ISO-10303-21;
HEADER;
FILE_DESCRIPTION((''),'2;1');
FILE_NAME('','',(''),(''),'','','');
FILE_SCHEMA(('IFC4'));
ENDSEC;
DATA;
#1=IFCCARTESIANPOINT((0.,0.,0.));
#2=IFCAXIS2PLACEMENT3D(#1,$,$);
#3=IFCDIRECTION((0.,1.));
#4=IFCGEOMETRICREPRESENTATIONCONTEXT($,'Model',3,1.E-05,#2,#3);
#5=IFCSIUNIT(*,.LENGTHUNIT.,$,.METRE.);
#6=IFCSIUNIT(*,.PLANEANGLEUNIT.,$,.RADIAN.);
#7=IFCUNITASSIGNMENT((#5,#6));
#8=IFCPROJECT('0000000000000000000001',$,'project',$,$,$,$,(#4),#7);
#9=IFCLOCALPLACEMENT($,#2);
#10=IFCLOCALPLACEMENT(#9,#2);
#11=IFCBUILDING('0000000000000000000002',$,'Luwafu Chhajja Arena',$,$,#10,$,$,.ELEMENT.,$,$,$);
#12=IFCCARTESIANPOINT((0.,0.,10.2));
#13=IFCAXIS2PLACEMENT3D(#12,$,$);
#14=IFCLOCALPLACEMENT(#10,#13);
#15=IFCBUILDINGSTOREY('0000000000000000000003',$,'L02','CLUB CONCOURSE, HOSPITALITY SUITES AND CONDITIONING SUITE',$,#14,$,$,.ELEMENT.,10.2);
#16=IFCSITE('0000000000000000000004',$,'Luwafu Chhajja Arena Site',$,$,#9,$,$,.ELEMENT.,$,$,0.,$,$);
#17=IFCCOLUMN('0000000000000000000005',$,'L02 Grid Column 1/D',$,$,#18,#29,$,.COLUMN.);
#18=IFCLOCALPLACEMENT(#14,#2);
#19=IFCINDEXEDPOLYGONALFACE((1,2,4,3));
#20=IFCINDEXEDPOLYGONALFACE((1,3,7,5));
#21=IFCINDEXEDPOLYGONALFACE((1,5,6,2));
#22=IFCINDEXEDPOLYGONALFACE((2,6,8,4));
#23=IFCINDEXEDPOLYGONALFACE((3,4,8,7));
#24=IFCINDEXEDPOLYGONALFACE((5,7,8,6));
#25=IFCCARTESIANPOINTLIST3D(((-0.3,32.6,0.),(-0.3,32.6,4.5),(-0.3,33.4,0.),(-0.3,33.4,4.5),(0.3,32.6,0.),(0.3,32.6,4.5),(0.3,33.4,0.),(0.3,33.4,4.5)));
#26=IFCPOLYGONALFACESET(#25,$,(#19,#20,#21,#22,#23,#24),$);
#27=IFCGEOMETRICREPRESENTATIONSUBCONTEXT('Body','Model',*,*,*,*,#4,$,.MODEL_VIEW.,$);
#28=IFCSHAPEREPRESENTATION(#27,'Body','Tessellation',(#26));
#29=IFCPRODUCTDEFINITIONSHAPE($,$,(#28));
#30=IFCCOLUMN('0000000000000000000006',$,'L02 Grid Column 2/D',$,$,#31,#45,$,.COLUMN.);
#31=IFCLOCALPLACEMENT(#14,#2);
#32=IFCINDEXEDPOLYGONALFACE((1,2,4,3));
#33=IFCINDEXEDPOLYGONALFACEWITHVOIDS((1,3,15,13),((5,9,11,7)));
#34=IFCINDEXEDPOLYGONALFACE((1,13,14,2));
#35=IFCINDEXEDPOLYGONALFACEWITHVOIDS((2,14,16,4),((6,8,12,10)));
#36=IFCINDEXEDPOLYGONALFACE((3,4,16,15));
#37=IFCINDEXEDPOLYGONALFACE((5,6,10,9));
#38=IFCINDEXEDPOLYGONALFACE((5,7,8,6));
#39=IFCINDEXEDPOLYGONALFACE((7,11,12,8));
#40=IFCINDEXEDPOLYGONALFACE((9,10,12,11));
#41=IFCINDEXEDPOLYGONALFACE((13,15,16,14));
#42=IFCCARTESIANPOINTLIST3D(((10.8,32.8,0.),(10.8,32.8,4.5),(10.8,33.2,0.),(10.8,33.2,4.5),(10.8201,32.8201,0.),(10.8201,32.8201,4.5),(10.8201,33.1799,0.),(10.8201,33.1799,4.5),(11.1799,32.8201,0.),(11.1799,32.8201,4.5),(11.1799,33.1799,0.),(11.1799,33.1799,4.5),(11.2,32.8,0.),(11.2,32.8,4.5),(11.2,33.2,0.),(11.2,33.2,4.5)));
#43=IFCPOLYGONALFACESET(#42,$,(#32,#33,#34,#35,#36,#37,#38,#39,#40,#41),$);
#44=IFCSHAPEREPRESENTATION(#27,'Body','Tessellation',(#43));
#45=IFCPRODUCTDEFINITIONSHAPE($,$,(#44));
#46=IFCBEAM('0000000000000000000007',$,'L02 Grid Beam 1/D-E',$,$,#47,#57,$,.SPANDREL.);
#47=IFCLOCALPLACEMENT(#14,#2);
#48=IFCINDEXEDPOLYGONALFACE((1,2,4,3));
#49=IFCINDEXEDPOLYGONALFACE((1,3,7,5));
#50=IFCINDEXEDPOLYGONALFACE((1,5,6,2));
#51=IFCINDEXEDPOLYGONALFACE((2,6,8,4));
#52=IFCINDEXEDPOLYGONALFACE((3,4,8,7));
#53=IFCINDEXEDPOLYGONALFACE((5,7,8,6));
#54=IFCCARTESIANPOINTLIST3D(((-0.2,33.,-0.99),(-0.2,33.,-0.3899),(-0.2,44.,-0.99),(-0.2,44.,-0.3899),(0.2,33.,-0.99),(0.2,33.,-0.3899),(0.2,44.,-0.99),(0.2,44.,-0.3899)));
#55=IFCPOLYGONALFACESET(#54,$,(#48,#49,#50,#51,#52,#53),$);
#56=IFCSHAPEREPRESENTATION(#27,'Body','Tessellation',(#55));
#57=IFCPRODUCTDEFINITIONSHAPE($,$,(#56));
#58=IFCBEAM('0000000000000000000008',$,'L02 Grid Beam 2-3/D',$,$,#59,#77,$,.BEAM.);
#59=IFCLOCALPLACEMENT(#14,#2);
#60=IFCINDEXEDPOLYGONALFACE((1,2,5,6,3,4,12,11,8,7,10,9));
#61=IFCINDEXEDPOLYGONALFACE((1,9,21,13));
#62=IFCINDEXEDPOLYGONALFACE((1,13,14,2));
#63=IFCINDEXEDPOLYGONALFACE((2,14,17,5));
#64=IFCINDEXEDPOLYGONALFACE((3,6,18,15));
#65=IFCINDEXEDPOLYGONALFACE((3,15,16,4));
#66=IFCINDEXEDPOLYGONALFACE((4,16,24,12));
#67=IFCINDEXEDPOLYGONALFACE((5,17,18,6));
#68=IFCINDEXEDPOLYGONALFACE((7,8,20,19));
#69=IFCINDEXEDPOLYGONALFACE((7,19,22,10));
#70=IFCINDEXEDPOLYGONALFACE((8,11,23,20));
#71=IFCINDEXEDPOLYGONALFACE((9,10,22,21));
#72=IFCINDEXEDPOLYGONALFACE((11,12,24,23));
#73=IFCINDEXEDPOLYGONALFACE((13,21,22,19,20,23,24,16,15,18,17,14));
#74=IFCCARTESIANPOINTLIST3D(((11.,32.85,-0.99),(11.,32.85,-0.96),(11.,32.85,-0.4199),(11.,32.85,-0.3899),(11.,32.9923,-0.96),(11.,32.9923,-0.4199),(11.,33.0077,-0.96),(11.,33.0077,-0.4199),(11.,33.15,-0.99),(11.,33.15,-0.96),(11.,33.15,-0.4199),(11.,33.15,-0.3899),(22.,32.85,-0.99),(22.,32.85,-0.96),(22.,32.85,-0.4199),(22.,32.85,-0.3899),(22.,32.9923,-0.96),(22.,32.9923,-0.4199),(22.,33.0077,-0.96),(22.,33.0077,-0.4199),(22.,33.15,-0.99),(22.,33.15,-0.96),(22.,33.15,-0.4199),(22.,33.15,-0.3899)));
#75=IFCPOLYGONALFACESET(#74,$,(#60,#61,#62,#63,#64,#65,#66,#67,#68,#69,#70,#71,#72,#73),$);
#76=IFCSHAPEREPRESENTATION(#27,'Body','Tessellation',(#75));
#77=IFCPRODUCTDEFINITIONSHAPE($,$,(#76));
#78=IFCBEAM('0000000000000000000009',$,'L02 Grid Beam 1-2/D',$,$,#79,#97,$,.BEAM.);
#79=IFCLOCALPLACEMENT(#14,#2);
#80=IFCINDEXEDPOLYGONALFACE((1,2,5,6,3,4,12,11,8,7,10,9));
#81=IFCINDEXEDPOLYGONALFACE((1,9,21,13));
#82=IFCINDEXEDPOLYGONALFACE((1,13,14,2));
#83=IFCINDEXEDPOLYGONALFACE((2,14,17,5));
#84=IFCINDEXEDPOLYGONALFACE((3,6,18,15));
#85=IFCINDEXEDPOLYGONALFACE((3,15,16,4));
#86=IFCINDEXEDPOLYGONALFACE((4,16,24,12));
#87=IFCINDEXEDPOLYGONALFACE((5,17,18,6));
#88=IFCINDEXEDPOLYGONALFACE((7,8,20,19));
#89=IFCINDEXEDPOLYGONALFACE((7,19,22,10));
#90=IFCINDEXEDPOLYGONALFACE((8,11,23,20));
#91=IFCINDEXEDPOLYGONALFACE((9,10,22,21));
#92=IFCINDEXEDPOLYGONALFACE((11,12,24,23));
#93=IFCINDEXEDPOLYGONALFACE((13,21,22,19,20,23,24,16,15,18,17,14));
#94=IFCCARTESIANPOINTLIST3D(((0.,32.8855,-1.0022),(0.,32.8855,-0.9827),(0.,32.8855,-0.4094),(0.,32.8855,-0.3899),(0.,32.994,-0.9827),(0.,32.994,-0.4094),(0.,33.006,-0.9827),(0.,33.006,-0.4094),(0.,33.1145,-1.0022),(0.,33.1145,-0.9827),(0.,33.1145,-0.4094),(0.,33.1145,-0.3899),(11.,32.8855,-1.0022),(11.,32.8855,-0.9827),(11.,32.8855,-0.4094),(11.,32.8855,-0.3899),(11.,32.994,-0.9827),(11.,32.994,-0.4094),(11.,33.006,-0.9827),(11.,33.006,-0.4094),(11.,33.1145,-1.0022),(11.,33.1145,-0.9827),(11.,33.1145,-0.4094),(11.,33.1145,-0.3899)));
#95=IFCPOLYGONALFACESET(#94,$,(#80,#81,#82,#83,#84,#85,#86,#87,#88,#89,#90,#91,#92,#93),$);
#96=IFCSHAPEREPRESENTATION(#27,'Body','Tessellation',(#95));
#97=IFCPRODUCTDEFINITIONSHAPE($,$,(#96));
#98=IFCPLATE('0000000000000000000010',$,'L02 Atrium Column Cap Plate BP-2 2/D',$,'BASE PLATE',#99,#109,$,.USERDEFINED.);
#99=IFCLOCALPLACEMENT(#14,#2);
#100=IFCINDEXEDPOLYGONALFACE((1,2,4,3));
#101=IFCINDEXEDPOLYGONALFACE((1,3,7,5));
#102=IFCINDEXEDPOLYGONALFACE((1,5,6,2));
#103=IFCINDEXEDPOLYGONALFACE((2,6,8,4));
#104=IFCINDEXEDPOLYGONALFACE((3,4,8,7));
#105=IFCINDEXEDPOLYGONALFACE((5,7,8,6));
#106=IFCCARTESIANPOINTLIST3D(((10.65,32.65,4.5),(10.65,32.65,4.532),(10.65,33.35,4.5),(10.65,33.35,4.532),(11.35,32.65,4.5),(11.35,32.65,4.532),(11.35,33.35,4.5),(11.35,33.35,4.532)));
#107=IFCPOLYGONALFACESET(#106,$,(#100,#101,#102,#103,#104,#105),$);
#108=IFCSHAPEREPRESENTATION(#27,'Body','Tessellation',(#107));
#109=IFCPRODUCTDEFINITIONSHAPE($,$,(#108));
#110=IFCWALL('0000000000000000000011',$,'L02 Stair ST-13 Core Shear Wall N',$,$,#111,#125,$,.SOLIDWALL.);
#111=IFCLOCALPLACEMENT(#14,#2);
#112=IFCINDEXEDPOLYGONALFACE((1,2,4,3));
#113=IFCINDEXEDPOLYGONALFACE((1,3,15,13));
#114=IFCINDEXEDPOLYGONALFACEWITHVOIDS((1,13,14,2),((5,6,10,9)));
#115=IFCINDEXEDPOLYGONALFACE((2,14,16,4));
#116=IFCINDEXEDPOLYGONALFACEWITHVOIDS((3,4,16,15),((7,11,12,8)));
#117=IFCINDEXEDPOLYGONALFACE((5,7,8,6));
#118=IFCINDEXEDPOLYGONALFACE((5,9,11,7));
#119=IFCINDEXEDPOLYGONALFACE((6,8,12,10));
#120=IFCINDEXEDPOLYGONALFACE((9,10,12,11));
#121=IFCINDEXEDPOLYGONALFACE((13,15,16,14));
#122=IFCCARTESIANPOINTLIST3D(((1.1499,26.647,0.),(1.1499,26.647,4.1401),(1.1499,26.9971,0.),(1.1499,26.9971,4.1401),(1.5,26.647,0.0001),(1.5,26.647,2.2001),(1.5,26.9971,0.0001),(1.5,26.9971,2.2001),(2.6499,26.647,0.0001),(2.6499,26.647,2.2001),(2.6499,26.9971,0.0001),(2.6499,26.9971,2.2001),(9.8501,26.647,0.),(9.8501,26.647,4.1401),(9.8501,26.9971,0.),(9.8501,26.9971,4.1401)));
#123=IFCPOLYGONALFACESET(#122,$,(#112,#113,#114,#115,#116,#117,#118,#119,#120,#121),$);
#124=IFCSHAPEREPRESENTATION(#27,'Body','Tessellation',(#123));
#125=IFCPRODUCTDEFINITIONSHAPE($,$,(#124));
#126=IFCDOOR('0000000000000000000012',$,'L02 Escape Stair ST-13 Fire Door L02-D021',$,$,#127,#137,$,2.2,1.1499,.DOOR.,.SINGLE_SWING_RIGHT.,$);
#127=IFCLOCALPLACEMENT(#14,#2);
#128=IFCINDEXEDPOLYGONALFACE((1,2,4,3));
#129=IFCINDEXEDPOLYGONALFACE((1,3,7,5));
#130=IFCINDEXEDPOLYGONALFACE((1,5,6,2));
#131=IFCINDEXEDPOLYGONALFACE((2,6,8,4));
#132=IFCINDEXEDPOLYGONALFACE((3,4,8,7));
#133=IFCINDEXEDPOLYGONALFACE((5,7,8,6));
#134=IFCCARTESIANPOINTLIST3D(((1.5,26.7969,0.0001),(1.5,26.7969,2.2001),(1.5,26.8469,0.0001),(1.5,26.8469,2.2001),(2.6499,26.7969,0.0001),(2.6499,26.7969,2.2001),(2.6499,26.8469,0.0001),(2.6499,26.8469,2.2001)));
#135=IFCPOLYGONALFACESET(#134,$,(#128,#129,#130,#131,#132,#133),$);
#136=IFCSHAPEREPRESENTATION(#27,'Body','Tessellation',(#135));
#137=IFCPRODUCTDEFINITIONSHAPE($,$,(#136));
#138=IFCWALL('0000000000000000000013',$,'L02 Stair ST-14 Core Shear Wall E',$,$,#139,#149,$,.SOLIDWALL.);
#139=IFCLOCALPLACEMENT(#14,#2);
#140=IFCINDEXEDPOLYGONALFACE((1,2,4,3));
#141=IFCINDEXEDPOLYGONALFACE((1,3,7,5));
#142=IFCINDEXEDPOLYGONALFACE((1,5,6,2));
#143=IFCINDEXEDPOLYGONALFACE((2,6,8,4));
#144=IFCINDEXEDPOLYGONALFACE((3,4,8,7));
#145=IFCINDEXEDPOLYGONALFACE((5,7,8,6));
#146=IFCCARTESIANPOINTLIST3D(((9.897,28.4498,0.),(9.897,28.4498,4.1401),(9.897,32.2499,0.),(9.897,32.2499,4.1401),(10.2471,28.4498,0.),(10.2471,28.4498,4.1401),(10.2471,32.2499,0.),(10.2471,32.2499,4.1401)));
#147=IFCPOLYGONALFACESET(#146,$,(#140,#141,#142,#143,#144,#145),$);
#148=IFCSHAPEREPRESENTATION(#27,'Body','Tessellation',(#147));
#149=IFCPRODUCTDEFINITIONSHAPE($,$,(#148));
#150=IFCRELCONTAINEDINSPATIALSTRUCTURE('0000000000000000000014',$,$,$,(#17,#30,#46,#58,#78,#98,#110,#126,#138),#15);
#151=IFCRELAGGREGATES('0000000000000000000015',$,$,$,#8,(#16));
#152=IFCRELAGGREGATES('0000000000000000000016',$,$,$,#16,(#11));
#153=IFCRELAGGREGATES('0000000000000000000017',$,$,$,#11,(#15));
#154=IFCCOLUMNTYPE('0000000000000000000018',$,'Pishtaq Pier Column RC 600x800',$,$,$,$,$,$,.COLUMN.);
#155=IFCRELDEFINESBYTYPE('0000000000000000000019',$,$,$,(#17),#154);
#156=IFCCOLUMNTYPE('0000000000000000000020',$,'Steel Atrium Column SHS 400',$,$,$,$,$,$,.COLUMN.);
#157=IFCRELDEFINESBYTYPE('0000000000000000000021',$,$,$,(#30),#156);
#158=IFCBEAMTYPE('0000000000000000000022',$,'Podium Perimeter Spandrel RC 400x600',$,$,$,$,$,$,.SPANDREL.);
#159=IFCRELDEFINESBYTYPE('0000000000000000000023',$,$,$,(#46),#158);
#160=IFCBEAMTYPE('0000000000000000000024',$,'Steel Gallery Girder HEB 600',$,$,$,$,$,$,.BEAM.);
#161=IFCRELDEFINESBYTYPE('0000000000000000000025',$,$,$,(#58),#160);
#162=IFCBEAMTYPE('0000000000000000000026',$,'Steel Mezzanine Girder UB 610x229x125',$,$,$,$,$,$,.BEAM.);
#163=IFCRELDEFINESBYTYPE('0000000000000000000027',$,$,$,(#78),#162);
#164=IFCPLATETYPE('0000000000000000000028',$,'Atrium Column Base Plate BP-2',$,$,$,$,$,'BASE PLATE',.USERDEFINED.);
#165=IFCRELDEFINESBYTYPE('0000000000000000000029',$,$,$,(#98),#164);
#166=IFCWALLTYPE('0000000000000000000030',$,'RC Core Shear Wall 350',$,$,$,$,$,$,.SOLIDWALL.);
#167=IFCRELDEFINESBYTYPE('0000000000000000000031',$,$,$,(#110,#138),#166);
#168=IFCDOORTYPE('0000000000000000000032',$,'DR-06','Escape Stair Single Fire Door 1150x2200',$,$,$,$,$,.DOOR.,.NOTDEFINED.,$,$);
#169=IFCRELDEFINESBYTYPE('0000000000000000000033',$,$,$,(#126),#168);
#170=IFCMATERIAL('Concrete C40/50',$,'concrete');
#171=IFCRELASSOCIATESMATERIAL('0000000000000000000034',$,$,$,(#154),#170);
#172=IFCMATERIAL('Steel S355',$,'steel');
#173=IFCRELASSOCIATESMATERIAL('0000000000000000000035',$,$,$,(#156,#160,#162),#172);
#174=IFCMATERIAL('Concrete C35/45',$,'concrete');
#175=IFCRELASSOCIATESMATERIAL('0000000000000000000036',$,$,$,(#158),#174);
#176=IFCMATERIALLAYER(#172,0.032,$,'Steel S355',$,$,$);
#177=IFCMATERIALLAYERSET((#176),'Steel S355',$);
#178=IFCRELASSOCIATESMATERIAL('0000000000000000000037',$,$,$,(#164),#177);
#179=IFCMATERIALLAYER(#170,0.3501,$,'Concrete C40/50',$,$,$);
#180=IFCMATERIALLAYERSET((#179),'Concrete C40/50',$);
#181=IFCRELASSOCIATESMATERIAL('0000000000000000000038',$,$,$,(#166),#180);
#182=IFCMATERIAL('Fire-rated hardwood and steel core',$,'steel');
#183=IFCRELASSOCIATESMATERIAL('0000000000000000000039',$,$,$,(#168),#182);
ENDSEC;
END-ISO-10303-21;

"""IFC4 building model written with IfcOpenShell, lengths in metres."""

from ifc_helpers import new_model, si_unit, direction, frame, frame_2d, origin, origin_2d, place, context, subcontext, project, spatial, rectangle, hollow_rectangle, i_section, extrude, material, layer, layer_set, material_profile, profile_set, type_object, element, fill, save


model = new_model("IFC4")

# Units and contexts
model_context = context("Model", 3, precision=1e-05, world=origin(), true_north=direction((0.0, 1.0)))
body_context = subcontext(model_context, "Body", "Model", "MODEL_VIEW")
ifc_project = project(units=[si_unit("LENGTHUNIT", "METRE"), si_unit("PLANEANGLEUNIT", "RADIAN")], contexts=[model_context])

# Site, building, storey
site_placement = place(None, origin())
site = spatial("IfcSite", under=ifc_project, at=site_placement, Name="Luwafu Chhajja Arena Site", CompositionType="ELEMENT", RefElevation=0.0)
building_placement = place(site_placement, origin())
building = spatial("IfcBuilding", under=site, at=building_placement, Name="Luwafu Chhajja Arena", CompositionType="ELEMENT")
storey_placement = place(building_placement, frame((0.0, 0.0, 10.2)))
storey = spatial("IfcBuildingStorey", under=building, at=storey_placement, Name="L02", Description="CLUB CONCOURSE, HOSPITALITY SUITES AND CONDITIONING SUITE", CompositionType="ELEMENT", Elevation=10.2)

# Columns
ifc_material_1 = material(Name="Concrete C40/50", Category="concrete")
ifc_material_profile_1 = material_profile(ifc_material_1, rectangle(XDim=0.6001, YDim=0.8, at=origin_2d()), Name="RC 600x800")
ifc_profile_set_1 = profile_set([ifc_material_profile_1], Name="Concrete C40/50")
column_type_1 = type_object("IfcColumnType", Name="Pishtaq Pier Column RC 600x800", PredefinedType="COLUMN", material=ifc_profile_set_1)
column_1_placement = place(storey_placement, frame((0.0, 33.0, 0.0), z_axis=(0.0, 0.0, 1.0), x_axis=(1.0, 0.0, 0.0)))
element("IfcColumn", 1, at=column_1_placement, inside=storey, type_object=column_type_1, Name="L02 Grid Column 1/D", PredefinedType="COLUMN", context=body_context, shape_type="SweptSolid", body=[
    extrude(rectangle(XDim=0.6001, YDim=0.8, at=origin_2d()), origin(), (0.0, 0.0, 1.0), 4.5),
])
ifc_material_2 = material(Name="Steel S355", Category="steel")
ifc_material_profile_2 = material_profile(ifc_material_2, hollow_rectangle(XDim=0.3999, YDim=0.3999, WallThickness=0.02, at=origin_2d()), Name="SHS 400x400x20")
ifc_profile_set_2 = profile_set([ifc_material_profile_2], Name="Steel S355")
column_type_2 = type_object("IfcColumnType", Name="Steel Atrium Column SHS 400", PredefinedType="COLUMN", material=ifc_profile_set_2)
column_2_placement = place(storey_placement, frame((11.0, 33.0, 0.0), z_axis=(0.0, 0.0, 1.0), x_axis=(1.0, 0.0, 0.0)))
element("IfcColumn", 2, at=column_2_placement, inside=storey, type_object=column_type_2, Name="L02 Grid Column 2/D", PredefinedType="COLUMN", context=body_context, shape_type="SweptSolid", body=[
    extrude(hollow_rectangle(XDim=0.3999, YDim=0.3999, WallThickness=0.02, at=origin_2d()), origin(), (0.0, 0.0, 1.0), 4.5),
])

# Beams
ifc_material_3 = material(Name="Concrete C35/45", Category="concrete")
ifc_material_profile_3 = material_profile(ifc_material_3, rectangle(XDim=0.3999, YDim=0.6001, at=origin_2d()), Name="RC 400x600")
ifc_profile_set_3 = profile_set([ifc_material_profile_3], Name="Concrete C35/45")
beam_type_1 = type_object("IfcBeamType", Name="Podium Perimeter Spandrel RC 400x600", PredefinedType="SPANDREL", material=ifc_profile_set_3)
beam_1_placement = place(storey_placement, frame((0.0, 33.0, -0.6899), z_axis=(0.0, 1.0, 0.0), x_axis=(-1.0, 0.0, 0.0)))
element("IfcBeam", 3, at=beam_1_placement, inside=storey, type_object=beam_type_1, Name="L02 Grid Beam 1/D-E", PredefinedType="SPANDREL", context=body_context, shape_type="SweptSolid", body=[
    extrude(rectangle(XDim=0.3999, YDim=0.6001, at=origin_2d()), origin(), (0.0, 0.0, 1.0), 11.0),
])
ifc_material_profile_4 = material_profile(ifc_material_2, i_section(OverallWidth=0.3, OverallDepth=0.6001, WebThickness=0.0154, FlangeThickness=0.03, at=origin_2d()), Name="HEB 600")
ifc_profile_set_4 = profile_set([ifc_material_profile_4], Name="Steel S355")
beam_type_2 = type_object("IfcBeamType", Name="Steel Gallery Girder HEB 600", PredefinedType="BEAM", material=ifc_profile_set_4)
beam_2_placement = place(storey_placement, frame((11.0, 33.0, -0.6899), z_axis=(1.0, 0.0, 0.0), x_axis=(0.0, 1.0, 0.0)))
element("IfcBeam", 4, at=beam_2_placement, inside=storey, type_object=beam_type_2, Name="L02 Grid Beam 2-3/D", PredefinedType="BEAM", context=body_context, shape_type="SweptSolid", body=[
    extrude(i_section(OverallWidth=0.3, OverallDepth=0.6001, WebThickness=0.0154, FlangeThickness=0.03, at=origin_2d()), origin(), (0.0, 0.0, 1.0), 11.0),
])
ifc_material_profile_5 = material_profile(ifc_material_2, i_section(OverallWidth=0.229, OverallDepth=0.6123, WebThickness=0.012, FlangeThickness=0.0195, at=origin_2d()), Name="UB 610x229x125")
ifc_profile_set_5 = profile_set([ifc_material_profile_5], Name="Steel S355")
beam_type_3 = type_object("IfcBeamType", Name="Steel Mezzanine Girder UB 610x229x125", PredefinedType="BEAM", material=ifc_profile_set_5)
beam_3_placement = place(storey_placement, frame((0.0, 33.0, -0.696), z_axis=(1.0, 0.0, 0.0), x_axis=(0.0, 1.0, 0.0)))
element("IfcBeam", 5, at=beam_3_placement, inside=storey, type_object=beam_type_3, Name="L02 Grid Beam 1-2/D", PredefinedType="BEAM", context=body_context, shape_type="SweptSolid", body=[
    extrude(i_section(OverallWidth=0.229, OverallDepth=0.6123, WebThickness=0.012, FlangeThickness=0.0195, at=origin_2d()), origin(), (0.0, 0.0, 1.0), 11.0),
])

# Plate
ifc_layer_1 = layer(ifc_material_2, 0.032, Name="Steel S355")
ifc_layer_set_1 = layer_set([ifc_layer_1], Name="Steel S355")
plate_type = type_object("IfcPlateType", Name="Atrium Column Base Plate BP-2", ElementType="BASE PLATE", PredefinedType="USERDEFINED", material=ifc_layer_set_1)
plate_placement = place(storey_placement, frame((11.0, 33.0, 4.5), z_axis=(0.0, 0.0, 1.0), x_axis=(1.0, 0.0, 0.0)))
element("IfcPlate", 6, at=plate_placement, inside=storey, type_object=plate_type, Name="L02 Atrium Column Cap Plate BP-2 2/D", ObjectType="BASE PLATE", PredefinedType="USERDEFINED", context=body_context, shape_type="SweptSolid", body=[
    extrude(rectangle(XDim=0.7, YDim=0.7, at=origin_2d()), origin(), (0.0, 0.0, 1.0), 0.032),
])

# Wall, opening, door
ifc_layer_2 = layer(ifc_material_1, 0.3501, Name="Concrete C40/50")
ifc_layer_set_2 = layer_set([ifc_layer_2], Name="Concrete C40/50")
wall_type_1 = type_object("IfcWallType", Name="RC Core Shear Wall 350", PredefinedType="SOLIDWALL", material=ifc_layer_set_2)
wall_1_placement = place(storey_placement, frame((1.1499, 26.822, 0.0), z_axis=(0.0, 0.0, 1.0), x_axis=(1.0, 0.0, 0.0)))
wall_1 = element("IfcWall", 7, at=wall_1_placement, inside=storey, type_object=wall_type_1, Name="L02 Stair ST-13 Core Shear Wall N", PredefinedType="SOLIDWALL", context=body_context, shape_type="SweptSolid", body=[
    extrude(rectangle(XDim=8.7002, YDim=0.3501, at=frame_2d((4.3501, 0.0))), origin(), (0.0, 0.0, 1.0), 4.1401),
])
opening_1_placement = place(wall_1_placement, frame((0.3501, 0.0, 0.0)))
opening_1 = element("IfcOpeningElement", 8, at=opening_1_placement, cuts=wall_1, PredefinedType="OPENING", context=body_context, shape_type="SweptSolid", body=[
    extrude(rectangle(XDim=1.1499, YDim=2.2, at=frame_2d((0.575, 1.1001))), frame((0.0, 0.1851, 0.0), z_axis=(0.0, -1.0, 0.0), x_axis=(1.0, 0.0, 0.0)), (0.0, 0.0, 1.0), 0.3701),
])
ifc_material_4 = material(Name="Fire-rated hardwood and steel core", Category="steel")
door_type = type_object("IfcDoorType", Name="DR-06", Description="Escape Stair Single Fire Door 1150x2200", OperationType="NOTDEFINED", PredefinedType="DOOR", material=ifc_material_4)
door_1_placement = place(opening_1_placement, origin())
door_1 = element("IfcDoor", 9, at=door_1_placement, inside=storey, type_object=door_type, Name="L02 Escape Stair ST-13 Fire Door L02-D021", OperationType="SINGLE_SWING_RIGHT", OverallHeight=2.2, OverallWidth=1.1499, PredefinedType="DOOR", context=body_context, shape_type="SweptSolid", body=[
    extrude(rectangle(XDim=1.1499, YDim=2.2, at=frame_2d((0.575, 1.1001))), frame((0.0, 0.0249, 0.0), z_axis=(0.0, -1.0, 0.0), x_axis=(1.0, 0.0, 0.0)), (0.0, 0.0, 1.0), 0.05),
])
fill(opening_1, door_1)

# Wall
wall_2_placement = place(storey_placement, frame((10.072, 28.45, 0.0), z_axis=(0.0, 0.0, 1.0), x_axis=(0.0, 1.0, 0.0)))
element("IfcWall", 10, at=wall_2_placement, inside=storey, type_object=wall_type_1, Name="L02 Stair ST-14 Core Shear Wall E", PredefinedType="SOLIDWALL", context=body_context, shape_type="SweptSolid", body=[
    extrude(rectangle(XDim=3.8, YDim=0.3501, at=frame_2d((1.8999, 0.0))), origin(), (0.0, 0.0, 1.0), 4.1401),
])

save(model, "model.ifc")
